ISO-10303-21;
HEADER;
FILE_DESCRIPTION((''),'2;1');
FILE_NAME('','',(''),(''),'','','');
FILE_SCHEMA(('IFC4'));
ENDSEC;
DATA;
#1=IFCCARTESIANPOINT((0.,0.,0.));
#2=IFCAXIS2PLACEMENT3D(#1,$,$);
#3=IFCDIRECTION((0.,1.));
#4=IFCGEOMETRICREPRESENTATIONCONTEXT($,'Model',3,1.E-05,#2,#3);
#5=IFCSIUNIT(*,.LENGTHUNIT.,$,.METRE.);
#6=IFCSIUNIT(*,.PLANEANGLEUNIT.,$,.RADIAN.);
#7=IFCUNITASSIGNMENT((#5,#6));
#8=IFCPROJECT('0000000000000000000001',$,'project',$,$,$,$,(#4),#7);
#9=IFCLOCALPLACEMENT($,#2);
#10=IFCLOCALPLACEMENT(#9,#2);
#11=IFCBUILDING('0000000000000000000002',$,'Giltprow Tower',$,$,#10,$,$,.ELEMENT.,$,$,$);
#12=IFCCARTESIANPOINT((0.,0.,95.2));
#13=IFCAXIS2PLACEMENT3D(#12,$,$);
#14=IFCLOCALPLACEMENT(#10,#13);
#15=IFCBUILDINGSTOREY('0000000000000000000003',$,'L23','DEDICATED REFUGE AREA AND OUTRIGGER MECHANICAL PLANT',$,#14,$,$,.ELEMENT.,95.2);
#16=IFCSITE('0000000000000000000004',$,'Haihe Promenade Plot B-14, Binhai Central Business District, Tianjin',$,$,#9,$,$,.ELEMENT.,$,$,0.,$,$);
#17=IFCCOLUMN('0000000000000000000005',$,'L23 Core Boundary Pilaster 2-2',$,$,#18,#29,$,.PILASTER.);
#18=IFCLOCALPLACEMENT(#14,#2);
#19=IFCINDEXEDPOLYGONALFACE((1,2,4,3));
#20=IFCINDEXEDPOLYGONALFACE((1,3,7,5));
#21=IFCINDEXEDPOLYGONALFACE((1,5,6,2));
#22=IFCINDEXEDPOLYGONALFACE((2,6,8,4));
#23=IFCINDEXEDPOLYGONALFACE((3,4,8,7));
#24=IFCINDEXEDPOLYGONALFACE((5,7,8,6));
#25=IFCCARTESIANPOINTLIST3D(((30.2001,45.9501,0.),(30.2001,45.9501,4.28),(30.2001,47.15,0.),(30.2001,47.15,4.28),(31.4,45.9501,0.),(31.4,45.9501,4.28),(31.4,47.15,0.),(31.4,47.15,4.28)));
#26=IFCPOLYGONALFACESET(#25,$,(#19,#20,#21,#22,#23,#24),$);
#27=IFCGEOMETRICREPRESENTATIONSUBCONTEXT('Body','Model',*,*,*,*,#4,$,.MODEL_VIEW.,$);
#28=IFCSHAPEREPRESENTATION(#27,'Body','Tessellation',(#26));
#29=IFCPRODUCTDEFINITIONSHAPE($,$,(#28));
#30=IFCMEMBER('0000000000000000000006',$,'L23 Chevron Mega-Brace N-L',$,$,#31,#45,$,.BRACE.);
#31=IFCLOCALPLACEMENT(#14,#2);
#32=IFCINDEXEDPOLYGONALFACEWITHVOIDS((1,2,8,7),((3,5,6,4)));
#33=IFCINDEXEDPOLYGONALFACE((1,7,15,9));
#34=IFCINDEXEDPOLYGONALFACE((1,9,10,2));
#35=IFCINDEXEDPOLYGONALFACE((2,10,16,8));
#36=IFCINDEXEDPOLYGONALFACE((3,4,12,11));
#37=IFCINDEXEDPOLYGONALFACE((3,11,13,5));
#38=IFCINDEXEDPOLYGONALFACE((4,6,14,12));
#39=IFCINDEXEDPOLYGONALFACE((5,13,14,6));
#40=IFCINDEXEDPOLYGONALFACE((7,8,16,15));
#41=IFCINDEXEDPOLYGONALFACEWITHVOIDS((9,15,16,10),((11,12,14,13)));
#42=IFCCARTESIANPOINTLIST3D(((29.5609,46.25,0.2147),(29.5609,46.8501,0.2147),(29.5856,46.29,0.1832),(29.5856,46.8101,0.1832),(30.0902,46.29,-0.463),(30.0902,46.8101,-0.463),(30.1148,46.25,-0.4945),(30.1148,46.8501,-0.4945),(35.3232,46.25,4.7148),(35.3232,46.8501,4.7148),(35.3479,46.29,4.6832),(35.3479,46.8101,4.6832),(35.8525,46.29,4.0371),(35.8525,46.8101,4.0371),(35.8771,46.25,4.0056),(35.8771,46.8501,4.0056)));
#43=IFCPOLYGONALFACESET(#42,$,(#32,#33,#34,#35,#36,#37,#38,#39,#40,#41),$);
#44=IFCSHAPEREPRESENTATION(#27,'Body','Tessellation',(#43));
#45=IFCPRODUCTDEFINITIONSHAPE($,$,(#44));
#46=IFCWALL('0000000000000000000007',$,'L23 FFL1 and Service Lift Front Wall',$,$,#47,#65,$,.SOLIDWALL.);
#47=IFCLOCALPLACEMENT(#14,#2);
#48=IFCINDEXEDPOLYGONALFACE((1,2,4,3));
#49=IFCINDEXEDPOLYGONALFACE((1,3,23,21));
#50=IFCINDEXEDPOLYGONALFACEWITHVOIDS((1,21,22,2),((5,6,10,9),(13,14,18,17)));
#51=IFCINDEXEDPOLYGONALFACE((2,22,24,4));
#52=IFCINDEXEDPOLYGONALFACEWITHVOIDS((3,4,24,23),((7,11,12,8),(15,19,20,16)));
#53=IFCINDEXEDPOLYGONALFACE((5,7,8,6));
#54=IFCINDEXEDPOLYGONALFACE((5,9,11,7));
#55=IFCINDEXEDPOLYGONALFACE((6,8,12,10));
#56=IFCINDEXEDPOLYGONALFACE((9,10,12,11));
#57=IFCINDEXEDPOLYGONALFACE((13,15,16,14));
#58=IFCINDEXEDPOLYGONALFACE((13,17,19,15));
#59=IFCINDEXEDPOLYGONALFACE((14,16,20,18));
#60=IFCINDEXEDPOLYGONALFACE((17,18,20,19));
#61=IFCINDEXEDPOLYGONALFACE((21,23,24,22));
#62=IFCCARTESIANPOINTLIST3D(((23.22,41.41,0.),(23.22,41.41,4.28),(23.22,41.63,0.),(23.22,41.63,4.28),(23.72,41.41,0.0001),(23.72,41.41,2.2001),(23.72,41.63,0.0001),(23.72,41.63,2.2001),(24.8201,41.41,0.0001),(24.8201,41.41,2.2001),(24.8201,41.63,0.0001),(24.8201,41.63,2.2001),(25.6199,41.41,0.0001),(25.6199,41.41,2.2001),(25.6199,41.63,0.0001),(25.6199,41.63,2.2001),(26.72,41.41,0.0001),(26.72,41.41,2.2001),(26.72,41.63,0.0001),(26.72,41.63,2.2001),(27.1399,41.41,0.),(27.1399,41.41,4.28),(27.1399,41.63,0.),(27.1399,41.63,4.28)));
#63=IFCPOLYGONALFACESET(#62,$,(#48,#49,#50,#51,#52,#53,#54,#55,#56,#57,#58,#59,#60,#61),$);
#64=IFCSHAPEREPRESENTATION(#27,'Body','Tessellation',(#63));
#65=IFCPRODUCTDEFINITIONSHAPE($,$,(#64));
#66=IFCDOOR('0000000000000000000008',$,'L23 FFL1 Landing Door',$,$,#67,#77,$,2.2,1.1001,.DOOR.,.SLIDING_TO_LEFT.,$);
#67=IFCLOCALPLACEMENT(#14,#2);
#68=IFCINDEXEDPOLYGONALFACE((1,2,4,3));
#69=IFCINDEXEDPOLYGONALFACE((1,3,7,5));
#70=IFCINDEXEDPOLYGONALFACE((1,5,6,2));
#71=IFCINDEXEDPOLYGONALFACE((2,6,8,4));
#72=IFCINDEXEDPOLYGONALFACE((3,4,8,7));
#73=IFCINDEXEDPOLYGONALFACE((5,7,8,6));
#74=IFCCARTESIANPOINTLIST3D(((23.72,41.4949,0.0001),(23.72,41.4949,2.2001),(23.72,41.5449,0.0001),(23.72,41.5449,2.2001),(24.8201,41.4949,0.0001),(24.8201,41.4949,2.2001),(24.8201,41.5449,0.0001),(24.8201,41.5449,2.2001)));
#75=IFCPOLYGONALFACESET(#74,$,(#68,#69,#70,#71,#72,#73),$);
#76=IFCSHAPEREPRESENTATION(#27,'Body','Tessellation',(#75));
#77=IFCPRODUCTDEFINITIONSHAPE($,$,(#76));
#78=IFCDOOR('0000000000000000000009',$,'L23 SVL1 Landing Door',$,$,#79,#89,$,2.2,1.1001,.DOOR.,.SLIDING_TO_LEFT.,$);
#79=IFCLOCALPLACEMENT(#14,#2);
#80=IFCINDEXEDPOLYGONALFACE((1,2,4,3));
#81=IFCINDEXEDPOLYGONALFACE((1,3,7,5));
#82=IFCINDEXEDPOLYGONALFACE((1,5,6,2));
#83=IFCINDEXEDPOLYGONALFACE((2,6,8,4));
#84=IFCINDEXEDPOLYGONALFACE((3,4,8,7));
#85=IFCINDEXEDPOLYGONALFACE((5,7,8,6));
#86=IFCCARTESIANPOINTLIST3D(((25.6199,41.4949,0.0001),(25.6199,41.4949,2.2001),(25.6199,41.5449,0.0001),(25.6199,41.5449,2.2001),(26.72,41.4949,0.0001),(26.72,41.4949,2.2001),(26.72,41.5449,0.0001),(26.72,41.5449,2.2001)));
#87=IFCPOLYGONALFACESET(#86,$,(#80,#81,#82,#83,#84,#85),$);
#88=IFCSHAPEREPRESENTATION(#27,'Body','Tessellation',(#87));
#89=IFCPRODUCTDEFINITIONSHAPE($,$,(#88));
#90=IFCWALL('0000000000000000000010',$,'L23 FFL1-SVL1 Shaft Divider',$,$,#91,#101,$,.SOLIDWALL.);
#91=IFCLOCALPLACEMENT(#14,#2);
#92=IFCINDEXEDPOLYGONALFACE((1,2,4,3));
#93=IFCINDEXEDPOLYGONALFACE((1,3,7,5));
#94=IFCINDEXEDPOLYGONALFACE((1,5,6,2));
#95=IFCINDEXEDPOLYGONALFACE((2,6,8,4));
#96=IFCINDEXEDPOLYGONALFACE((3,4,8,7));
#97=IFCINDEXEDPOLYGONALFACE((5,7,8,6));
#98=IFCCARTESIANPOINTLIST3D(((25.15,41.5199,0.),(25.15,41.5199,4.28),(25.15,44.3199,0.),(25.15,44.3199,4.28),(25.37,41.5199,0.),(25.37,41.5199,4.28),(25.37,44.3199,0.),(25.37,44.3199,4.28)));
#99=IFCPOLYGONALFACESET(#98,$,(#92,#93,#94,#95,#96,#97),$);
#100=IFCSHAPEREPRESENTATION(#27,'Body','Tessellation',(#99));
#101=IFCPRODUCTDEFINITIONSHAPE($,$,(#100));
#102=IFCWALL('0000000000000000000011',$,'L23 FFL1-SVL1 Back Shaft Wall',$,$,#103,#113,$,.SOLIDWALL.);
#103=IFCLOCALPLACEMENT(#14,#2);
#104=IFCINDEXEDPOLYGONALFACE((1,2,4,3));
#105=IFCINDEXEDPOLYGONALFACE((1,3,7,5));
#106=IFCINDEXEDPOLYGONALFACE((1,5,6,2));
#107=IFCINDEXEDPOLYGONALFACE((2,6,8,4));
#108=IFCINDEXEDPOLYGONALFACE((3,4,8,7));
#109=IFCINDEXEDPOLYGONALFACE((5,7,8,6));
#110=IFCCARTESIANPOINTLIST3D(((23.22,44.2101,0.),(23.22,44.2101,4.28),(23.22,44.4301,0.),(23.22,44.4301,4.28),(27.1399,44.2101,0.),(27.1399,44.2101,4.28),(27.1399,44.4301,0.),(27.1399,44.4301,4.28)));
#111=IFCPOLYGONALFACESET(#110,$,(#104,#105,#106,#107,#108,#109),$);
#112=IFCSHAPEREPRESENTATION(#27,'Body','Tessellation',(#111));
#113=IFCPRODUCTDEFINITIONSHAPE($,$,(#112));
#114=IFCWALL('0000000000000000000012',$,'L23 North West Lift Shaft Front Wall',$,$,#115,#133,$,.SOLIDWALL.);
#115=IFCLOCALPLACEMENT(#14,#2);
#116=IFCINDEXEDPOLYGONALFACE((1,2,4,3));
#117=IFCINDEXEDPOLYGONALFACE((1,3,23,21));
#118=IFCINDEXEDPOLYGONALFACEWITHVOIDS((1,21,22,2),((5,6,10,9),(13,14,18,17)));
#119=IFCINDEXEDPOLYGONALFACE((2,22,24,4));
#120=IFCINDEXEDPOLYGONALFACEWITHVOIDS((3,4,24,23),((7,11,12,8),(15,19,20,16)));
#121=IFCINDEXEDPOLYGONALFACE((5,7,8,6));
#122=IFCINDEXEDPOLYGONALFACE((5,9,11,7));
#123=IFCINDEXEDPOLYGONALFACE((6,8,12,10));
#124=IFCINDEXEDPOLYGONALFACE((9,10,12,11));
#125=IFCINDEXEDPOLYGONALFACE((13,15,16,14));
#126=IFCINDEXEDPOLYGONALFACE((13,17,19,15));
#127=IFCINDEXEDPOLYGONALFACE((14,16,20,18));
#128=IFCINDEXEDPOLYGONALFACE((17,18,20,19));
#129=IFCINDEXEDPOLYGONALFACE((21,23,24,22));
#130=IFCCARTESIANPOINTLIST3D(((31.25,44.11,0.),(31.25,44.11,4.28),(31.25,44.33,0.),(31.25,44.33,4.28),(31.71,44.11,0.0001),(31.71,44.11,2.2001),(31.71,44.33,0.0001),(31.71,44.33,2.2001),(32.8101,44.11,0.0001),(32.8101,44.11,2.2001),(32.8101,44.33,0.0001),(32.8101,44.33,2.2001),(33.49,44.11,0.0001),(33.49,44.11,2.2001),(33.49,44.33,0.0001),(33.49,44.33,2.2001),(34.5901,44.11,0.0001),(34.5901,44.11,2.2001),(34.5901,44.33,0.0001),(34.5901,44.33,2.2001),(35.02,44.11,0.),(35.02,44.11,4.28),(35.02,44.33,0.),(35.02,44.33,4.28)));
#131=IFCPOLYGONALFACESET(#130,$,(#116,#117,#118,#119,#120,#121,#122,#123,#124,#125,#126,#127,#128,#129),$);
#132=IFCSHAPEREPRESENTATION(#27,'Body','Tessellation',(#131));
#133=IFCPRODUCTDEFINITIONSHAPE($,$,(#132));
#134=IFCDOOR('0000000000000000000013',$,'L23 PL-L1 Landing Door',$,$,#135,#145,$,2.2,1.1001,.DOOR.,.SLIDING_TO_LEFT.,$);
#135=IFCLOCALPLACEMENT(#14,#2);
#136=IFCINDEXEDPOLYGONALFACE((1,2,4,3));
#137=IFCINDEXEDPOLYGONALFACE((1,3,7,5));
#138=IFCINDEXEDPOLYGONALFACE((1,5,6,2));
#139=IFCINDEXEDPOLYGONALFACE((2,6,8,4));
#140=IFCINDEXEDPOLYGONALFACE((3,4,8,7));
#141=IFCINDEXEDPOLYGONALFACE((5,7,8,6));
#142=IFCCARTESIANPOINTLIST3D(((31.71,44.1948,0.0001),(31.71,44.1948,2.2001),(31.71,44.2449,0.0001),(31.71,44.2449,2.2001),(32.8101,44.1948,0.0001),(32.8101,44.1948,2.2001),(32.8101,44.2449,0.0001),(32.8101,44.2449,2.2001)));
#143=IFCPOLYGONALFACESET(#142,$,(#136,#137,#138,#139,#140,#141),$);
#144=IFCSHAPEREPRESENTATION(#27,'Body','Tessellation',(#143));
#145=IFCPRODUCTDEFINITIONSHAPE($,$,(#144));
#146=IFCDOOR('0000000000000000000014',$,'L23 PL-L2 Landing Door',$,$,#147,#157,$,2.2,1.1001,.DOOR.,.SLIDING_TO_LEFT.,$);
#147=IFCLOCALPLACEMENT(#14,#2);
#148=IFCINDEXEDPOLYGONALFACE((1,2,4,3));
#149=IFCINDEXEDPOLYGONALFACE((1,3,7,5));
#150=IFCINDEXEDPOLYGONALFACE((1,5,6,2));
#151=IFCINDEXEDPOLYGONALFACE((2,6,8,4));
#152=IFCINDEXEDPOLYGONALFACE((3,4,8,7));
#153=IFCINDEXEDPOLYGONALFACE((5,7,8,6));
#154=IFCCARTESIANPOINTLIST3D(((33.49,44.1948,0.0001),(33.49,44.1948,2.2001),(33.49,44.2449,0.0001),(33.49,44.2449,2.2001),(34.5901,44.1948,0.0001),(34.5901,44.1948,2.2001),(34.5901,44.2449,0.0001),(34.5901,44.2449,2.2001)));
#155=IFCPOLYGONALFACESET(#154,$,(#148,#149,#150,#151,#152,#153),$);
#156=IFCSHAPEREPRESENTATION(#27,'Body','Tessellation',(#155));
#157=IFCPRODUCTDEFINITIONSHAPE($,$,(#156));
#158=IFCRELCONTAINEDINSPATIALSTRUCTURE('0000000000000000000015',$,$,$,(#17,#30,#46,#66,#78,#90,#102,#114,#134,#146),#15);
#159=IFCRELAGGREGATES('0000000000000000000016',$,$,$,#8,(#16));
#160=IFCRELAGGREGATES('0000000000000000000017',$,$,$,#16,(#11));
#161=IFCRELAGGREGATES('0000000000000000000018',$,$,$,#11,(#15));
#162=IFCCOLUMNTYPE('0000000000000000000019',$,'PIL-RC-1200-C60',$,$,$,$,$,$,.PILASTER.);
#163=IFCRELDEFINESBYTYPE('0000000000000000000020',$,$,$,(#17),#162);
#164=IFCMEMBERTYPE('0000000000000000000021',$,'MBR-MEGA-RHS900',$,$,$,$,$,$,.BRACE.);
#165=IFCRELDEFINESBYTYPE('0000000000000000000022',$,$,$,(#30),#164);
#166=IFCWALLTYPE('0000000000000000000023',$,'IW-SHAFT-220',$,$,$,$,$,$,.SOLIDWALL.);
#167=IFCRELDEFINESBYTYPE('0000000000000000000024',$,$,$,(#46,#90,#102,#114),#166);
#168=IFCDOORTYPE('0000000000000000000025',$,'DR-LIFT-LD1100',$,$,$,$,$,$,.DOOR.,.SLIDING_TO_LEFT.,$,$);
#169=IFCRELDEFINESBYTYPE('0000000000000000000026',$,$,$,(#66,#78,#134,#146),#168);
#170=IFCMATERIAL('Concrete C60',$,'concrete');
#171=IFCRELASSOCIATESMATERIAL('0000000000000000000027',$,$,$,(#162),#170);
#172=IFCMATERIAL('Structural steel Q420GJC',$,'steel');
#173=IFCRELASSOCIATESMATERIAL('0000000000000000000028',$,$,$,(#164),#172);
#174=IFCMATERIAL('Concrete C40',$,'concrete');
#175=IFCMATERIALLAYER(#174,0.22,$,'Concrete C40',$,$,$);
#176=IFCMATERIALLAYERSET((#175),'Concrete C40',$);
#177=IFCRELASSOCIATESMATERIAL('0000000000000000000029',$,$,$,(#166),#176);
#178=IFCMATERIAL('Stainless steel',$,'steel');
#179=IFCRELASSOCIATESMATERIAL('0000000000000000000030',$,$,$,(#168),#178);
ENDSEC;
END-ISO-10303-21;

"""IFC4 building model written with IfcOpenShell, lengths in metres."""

from ifc_helpers import new_model, si_unit, direction, frame, frame_2d, origin, origin_2d, place, context, subcontext, project, spatial, rectangle, hollow_rectangle, extrude, source, transform, mapped, material, layer, layer_set, material_profile, profile_set, type_object, element, fill, save


model = new_model("IFC4")

# Units and contexts
model_context = context("Model", 3, precision=1e-05, world=origin(), true_north=direction((0.0, 1.0)))
body_context = subcontext(model_context, "Body", "Model", "MODEL_VIEW")
ifc_project = project(units=[si_unit("LENGTHUNIT", "METRE"), si_unit("PLANEANGLEUNIT", "RADIAN")], contexts=[model_context])

# Site, building, storey
site_placement = place(None, origin())
site = spatial("IfcSite", under=ifc_project, at=site_placement, Name="Haihe Promenade Plot B-14, Binhai Central Business District, Tianjin", CompositionType="ELEMENT", RefElevation=0.0)
building_placement = place(site_placement, origin())
building = spatial("IfcBuilding", under=site, at=building_placement, Name="Giltprow Tower", CompositionType="ELEMENT")
storey_placement = place(building_placement, frame((0.0, 0.0, 95.2)))
storey = spatial("IfcBuildingStorey", under=building, at=storey_placement, Name="L23", Description="DEDICATED REFUGE AREA AND OUTRIGGER MECHANICAL PLANT", CompositionType="ELEMENT", Elevation=95.2)

# Column
ifc_material_1 = material(Name="Concrete C60", Category="concrete")
ifc_material_profile_1 = material_profile(ifc_material_1, rectangle(XDim=1.2, YDim=1.2, at=origin_2d()), Name="RC 1200x1200")
ifc_profile_set_1 = profile_set([ifc_material_profile_1], Name="Concrete C60")
column_type = type_object("IfcColumnType", Name="PIL-RC-1200-C60", PredefinedType="PILASTER", material=ifc_profile_set_1)
shared_shape_1 = source(origin(), body_context, "Body", "SweptSolid", [
    extrude(rectangle(XDim=1.2, YDim=1.2, at=origin_2d()), origin(), (0.0, 0.0, 1.0), 4.28),
])
column_placement = place(storey_placement, frame((30.8, 46.55, 0.0), z_axis=(0.0, 0.0, 1.0), x_axis=(1.0, 0.0, 0.0)))
element("IfcColumn", 1, at=column_placement, inside=storey, type_object=column_type, Name="L23 Core Boundary Pilaster 2-2", PredefinedType="PILASTER", context=body_context, shape_type="MappedRepresentation", body=[
    mapped(shared_shape_1, transform((0.0, 0.0, 0.0), x_axis=(1.0, 0.0, 0.0), y_axis=(0.0, 1.0, 0.0), z_axis=(0.0, 0.0, 1.0), scale=1.0)),
])

# Member
ifc_material_2 = material(Name="Structural steel Q420GJC", Category="steel")
ifc_material_profile_2 = material_profile(ifc_material_2, hollow_rectangle(XDim=0.6001, YDim=0.8999, WallThickness=0.04, at=origin_2d()), Name="RHS 900x600x40")
ifc_profile_set_2 = profile_set([ifc_material_profile_2], Name="Structural steel Q420GJC")
member_type = type_object("IfcMemberType", Name="MBR-MEGA-RHS900", PredefinedType="BRACE", material=ifc_profile_set_2)
shared_shape_2 = source(origin(), body_context, "Body", "SweptSolid", [
    extrude(hollow_rectangle(XDim=0.6001, YDim=0.8999, WallThickness=0.04, at=origin_2d()), origin(), (0.0, 0.0, 1.0), 7.3113),
])
member_placement = place(storey_placement, frame((29.8379, 46.55, -0.1399), z_axis=(0.788139, 0.0, 0.615498), x_axis=(0.0, 1.0, 0.0)))
element("IfcMember", 2, at=member_placement, inside=storey, type_object=member_type, Name="L23 Chevron Mega-Brace N-L", PredefinedType="BRACE", context=body_context, shape_type="MappedRepresentation", body=[
    mapped(shared_shape_2, transform((0.0, 0.0, 0.0), x_axis=(1.0, 0.0, 0.0), y_axis=(0.0, 1.0, 0.0), z_axis=(0.0, 0.0, 1.0), scale=1.0)),
])

# Wall, openings, doors
ifc_material_3 = material(Name="Concrete C40", Category="concrete")
ifc_layer_1 = layer(ifc_material_3, 0.22, Name="Concrete C40")
ifc_layer_set_1 = layer_set([ifc_layer_1], Name="Concrete C40")
wall_type_1 = type_object("IfcWallType", Name="IW-SHAFT-220", PredefinedType="SOLIDWALL", material=ifc_layer_set_1)
wall_1_placement = place(storey_placement, frame((23.22, 41.52, 0.0), z_axis=(0.0, 0.0, 1.0), x_axis=(1.0, 0.0, 0.0)))
wall_1 = element("IfcWall", 3, at=wall_1_placement, inside=storey, type_object=wall_type_1, Name="L23 FFL1 and Service Lift Front Wall", PredefinedType="SOLIDWALL", context=body_context, shape_type="SweptSolid", body=[
    extrude(rectangle(XDim=3.9199, YDim=0.22, at=frame_2d((1.96, 0.0))), origin(), (0.0, 0.0, 1.0), 4.28),
])
opening_1_placement = place(wall_1_placement, frame((0.5, 0.0, 0.0)))
opening_1 = element("IfcOpeningElement", 4, at=opening_1_placement, cuts=wall_1, PredefinedType="OPENING", context=body_context, shape_type="SweptSolid", body=[
    extrude(rectangle(XDim=1.1001, YDim=2.2, at=frame_2d((0.55, 1.1001))), frame((0.0, 0.1199, 0.0), z_axis=(0.0, -1.0, 0.0), x_axis=(1.0, 0.0, 0.0)), (0.0, 0.0, 1.0), 0.24),
])
opening_2_placement = place(wall_1_placement, frame((2.3999, 0.0, 0.0)))
opening_2 = element("IfcOpeningElement", 5, at=opening_2_placement, cuts=wall_1, PredefinedType="OPENING", context=body_context, shape_type="SweptSolid", body=[
    extrude(rectangle(XDim=1.1001, YDim=2.2, at=frame_2d((0.55, 1.1001))), frame((0.0, 0.1199, 0.0), z_axis=(0.0, -1.0, 0.0), x_axis=(1.0, 0.0, 0.0)), (0.0, 0.0, 1.0), 0.24),
])
ifc_material_4 = material(Name="Stainless steel", Category="steel")
door_type = type_object("IfcDoorType", Name="DR-LIFT-LD1100", OperationType="SLIDING_TO_LEFT", PredefinedType="DOOR", material=ifc_material_4)
shared_shape_3 = source(origin(), body_context, "Body", "SweptSolid", [
    extrude(rectangle(XDim=1.1001, YDim=2.2, at=frame_2d((0.55, 1.1001))), frame((0.0, 0.0249, 0.0), z_axis=(0.0, -1.0, 0.0), x_axis=(1.0, 0.0, 0.0)), (0.0, 0.0, 1.0), 0.05),
])
door_1_placement = place(opening_1_placement, origin())
door_1 = element("IfcDoor", 6, at=door_1_placement, inside=storey, type_object=door_type, Name="L23 FFL1 Landing Door", OperationType="SLIDING_TO_LEFT", OverallHeight=2.2, OverallWidth=1.1001, PredefinedType="DOOR", context=body_context, shape_type="MappedRepresentation", body=[
    mapped(shared_shape_3, transform((0.0, 0.0, 0.0), x_axis=(1.0, 0.0, 0.0), y_axis=(0.0, 1.0, 0.0), z_axis=(0.0, 0.0, 1.0), scale=1.0)),
])
fill(opening_1, door_1)
door_2_placement = place(opening_2_placement, origin())
door_2 = element("IfcDoor", 7, at=door_2_placement, inside=storey, type_object=door_type, Name="L23 SVL1 Landing Door", OperationType="SLIDING_TO_LEFT", OverallHeight=2.2, OverallWidth=1.1001, PredefinedType="DOOR", context=body_context, shape_type="MappedRepresentation", body=[
    mapped(shared_shape_3, transform((0.0, 0.0, 0.0), x_axis=(1.0, 0.0, 0.0), y_axis=(0.0, 1.0, 0.0), z_axis=(0.0, 0.0, 1.0), scale=1.0)),
])
fill(opening_2, door_2)

# Walls
wall_2_placement = place(storey_placement, frame((25.26, 41.52, 0.0), z_axis=(0.0, 0.0, 1.0), x_axis=(0.0, 1.0, 0.0)))
element("IfcWall", 8, at=wall_2_placement, inside=storey, type_object=wall_type_1, Name="L23 FFL1-SVL1 Shaft Divider", PredefinedType="SOLIDWALL", context=body_context, shape_type="SweptSolid", body=[
    extrude(rectangle(XDim=2.8, YDim=0.22, at=frame_2d((1.3999, 0.0))), origin(), (0.0, 0.0, 1.0), 4.28),
])
wall_3_placement = place(storey_placement, frame((23.22, 44.3201, 0.0), z_axis=(0.0, 0.0, 1.0), x_axis=(1.0, 0.0, 0.0)))
element("IfcWall", 9, at=wall_3_placement, inside=storey, type_object=wall_type_1, Name="L23 FFL1-SVL1 Back Shaft Wall", PredefinedType="SOLIDWALL", context=body_context, shape_type="SweptSolid", body=[
    extrude(rectangle(XDim=3.9199, YDim=0.22, at=frame_2d((1.96, 0.0))), origin(), (0.0, 0.0, 1.0), 4.28),
])

# Wall, openings, doors
wall_4_placement = place(storey_placement, frame((31.25, 44.22, 0.0), z_axis=(0.0, 0.0, 1.0), x_axis=(1.0, 0.0, 0.0)))
wall_4 = element("IfcWall", 10, at=wall_4_placement, inside=storey, type_object=wall_type_1, Name="L23 North West Lift Shaft Front Wall", PredefinedType="SOLIDWALL", context=body_context, shape_type="SweptSolid", body=[
    extrude(rectangle(XDim=3.77, YDim=0.22, at=frame_2d((1.885, 0.0))), origin(), (0.0, 0.0, 1.0), 4.28),
])
opening_3_placement = place(wall_4_placement, frame((0.46, 0.0, 0.0)))
opening_3 = element("IfcOpeningElement", 11, at=opening_3_placement, cuts=wall_4, PredefinedType="OPENING", context=body_context, shape_type="SweptSolid", body=[
    extrude(rectangle(XDim=1.1001, YDim=2.2, at=frame_2d((0.55, 1.1001))), frame((0.0, 0.1199, 0.0), z_axis=(0.0, -1.0, 0.0), x_axis=(1.0, 0.0, 0.0)), (0.0, 0.0, 1.0), 0.24),
])
opening_4_placement = place(wall_4_placement, frame((2.24, 0.0, 0.0)))
opening_4 = element("IfcOpeningElement", 12, at=opening_4_placement, cuts=wall_4, PredefinedType="OPENING", context=body_context, shape_type="SweptSolid", body=[
    extrude(rectangle(XDim=1.1001, YDim=2.2, at=frame_2d((0.55, 1.1001))), frame((0.0, 0.1199, 0.0), z_axis=(0.0, -1.0, 0.0), x_axis=(1.0, 0.0, 0.0)), (0.0, 0.0, 1.0), 0.24),
])
door_3_placement = place(opening_3_placement, origin())
door_3 = element("IfcDoor", 13, at=door_3_placement, inside=storey, type_object=door_type, Name="L23 PL-L1 Landing Door", OperationType="SLIDING_TO_LEFT", OverallHeight=2.2, OverallWidth=1.1001, PredefinedType="DOOR", context=body_context, shape_type="MappedRepresentation", body=[
    mapped(shared_shape_3, transform((0.0, 0.0, 0.0), x_axis=(1.0, 0.0, 0.0), y_axis=(0.0, 1.0, 0.0), z_axis=(0.0, 0.0, 1.0), scale=1.0)),
])
fill(opening_3, door_3)
door_4_placement = place(opening_4_placement, origin())
door_4 = element("IfcDoor", 14, at=door_4_placement, inside=storey, type_object=door_type, Name="L23 PL-L2 Landing Door", OperationType="SLIDING_TO_LEFT", OverallHeight=2.2, OverallWidth=1.1001, PredefinedType="DOOR", context=body_context, shape_type="MappedRepresentation", body=[
    mapped(shared_shape_3, transform((0.0, 0.0, 0.0), x_axis=(1.0, 0.0, 0.0), y_axis=(0.0, 1.0, 0.0), z_axis=(0.0, 0.0, 1.0), scale=1.0)),
])
fill(opening_4, door_4)

save(model, "model.ifc")
